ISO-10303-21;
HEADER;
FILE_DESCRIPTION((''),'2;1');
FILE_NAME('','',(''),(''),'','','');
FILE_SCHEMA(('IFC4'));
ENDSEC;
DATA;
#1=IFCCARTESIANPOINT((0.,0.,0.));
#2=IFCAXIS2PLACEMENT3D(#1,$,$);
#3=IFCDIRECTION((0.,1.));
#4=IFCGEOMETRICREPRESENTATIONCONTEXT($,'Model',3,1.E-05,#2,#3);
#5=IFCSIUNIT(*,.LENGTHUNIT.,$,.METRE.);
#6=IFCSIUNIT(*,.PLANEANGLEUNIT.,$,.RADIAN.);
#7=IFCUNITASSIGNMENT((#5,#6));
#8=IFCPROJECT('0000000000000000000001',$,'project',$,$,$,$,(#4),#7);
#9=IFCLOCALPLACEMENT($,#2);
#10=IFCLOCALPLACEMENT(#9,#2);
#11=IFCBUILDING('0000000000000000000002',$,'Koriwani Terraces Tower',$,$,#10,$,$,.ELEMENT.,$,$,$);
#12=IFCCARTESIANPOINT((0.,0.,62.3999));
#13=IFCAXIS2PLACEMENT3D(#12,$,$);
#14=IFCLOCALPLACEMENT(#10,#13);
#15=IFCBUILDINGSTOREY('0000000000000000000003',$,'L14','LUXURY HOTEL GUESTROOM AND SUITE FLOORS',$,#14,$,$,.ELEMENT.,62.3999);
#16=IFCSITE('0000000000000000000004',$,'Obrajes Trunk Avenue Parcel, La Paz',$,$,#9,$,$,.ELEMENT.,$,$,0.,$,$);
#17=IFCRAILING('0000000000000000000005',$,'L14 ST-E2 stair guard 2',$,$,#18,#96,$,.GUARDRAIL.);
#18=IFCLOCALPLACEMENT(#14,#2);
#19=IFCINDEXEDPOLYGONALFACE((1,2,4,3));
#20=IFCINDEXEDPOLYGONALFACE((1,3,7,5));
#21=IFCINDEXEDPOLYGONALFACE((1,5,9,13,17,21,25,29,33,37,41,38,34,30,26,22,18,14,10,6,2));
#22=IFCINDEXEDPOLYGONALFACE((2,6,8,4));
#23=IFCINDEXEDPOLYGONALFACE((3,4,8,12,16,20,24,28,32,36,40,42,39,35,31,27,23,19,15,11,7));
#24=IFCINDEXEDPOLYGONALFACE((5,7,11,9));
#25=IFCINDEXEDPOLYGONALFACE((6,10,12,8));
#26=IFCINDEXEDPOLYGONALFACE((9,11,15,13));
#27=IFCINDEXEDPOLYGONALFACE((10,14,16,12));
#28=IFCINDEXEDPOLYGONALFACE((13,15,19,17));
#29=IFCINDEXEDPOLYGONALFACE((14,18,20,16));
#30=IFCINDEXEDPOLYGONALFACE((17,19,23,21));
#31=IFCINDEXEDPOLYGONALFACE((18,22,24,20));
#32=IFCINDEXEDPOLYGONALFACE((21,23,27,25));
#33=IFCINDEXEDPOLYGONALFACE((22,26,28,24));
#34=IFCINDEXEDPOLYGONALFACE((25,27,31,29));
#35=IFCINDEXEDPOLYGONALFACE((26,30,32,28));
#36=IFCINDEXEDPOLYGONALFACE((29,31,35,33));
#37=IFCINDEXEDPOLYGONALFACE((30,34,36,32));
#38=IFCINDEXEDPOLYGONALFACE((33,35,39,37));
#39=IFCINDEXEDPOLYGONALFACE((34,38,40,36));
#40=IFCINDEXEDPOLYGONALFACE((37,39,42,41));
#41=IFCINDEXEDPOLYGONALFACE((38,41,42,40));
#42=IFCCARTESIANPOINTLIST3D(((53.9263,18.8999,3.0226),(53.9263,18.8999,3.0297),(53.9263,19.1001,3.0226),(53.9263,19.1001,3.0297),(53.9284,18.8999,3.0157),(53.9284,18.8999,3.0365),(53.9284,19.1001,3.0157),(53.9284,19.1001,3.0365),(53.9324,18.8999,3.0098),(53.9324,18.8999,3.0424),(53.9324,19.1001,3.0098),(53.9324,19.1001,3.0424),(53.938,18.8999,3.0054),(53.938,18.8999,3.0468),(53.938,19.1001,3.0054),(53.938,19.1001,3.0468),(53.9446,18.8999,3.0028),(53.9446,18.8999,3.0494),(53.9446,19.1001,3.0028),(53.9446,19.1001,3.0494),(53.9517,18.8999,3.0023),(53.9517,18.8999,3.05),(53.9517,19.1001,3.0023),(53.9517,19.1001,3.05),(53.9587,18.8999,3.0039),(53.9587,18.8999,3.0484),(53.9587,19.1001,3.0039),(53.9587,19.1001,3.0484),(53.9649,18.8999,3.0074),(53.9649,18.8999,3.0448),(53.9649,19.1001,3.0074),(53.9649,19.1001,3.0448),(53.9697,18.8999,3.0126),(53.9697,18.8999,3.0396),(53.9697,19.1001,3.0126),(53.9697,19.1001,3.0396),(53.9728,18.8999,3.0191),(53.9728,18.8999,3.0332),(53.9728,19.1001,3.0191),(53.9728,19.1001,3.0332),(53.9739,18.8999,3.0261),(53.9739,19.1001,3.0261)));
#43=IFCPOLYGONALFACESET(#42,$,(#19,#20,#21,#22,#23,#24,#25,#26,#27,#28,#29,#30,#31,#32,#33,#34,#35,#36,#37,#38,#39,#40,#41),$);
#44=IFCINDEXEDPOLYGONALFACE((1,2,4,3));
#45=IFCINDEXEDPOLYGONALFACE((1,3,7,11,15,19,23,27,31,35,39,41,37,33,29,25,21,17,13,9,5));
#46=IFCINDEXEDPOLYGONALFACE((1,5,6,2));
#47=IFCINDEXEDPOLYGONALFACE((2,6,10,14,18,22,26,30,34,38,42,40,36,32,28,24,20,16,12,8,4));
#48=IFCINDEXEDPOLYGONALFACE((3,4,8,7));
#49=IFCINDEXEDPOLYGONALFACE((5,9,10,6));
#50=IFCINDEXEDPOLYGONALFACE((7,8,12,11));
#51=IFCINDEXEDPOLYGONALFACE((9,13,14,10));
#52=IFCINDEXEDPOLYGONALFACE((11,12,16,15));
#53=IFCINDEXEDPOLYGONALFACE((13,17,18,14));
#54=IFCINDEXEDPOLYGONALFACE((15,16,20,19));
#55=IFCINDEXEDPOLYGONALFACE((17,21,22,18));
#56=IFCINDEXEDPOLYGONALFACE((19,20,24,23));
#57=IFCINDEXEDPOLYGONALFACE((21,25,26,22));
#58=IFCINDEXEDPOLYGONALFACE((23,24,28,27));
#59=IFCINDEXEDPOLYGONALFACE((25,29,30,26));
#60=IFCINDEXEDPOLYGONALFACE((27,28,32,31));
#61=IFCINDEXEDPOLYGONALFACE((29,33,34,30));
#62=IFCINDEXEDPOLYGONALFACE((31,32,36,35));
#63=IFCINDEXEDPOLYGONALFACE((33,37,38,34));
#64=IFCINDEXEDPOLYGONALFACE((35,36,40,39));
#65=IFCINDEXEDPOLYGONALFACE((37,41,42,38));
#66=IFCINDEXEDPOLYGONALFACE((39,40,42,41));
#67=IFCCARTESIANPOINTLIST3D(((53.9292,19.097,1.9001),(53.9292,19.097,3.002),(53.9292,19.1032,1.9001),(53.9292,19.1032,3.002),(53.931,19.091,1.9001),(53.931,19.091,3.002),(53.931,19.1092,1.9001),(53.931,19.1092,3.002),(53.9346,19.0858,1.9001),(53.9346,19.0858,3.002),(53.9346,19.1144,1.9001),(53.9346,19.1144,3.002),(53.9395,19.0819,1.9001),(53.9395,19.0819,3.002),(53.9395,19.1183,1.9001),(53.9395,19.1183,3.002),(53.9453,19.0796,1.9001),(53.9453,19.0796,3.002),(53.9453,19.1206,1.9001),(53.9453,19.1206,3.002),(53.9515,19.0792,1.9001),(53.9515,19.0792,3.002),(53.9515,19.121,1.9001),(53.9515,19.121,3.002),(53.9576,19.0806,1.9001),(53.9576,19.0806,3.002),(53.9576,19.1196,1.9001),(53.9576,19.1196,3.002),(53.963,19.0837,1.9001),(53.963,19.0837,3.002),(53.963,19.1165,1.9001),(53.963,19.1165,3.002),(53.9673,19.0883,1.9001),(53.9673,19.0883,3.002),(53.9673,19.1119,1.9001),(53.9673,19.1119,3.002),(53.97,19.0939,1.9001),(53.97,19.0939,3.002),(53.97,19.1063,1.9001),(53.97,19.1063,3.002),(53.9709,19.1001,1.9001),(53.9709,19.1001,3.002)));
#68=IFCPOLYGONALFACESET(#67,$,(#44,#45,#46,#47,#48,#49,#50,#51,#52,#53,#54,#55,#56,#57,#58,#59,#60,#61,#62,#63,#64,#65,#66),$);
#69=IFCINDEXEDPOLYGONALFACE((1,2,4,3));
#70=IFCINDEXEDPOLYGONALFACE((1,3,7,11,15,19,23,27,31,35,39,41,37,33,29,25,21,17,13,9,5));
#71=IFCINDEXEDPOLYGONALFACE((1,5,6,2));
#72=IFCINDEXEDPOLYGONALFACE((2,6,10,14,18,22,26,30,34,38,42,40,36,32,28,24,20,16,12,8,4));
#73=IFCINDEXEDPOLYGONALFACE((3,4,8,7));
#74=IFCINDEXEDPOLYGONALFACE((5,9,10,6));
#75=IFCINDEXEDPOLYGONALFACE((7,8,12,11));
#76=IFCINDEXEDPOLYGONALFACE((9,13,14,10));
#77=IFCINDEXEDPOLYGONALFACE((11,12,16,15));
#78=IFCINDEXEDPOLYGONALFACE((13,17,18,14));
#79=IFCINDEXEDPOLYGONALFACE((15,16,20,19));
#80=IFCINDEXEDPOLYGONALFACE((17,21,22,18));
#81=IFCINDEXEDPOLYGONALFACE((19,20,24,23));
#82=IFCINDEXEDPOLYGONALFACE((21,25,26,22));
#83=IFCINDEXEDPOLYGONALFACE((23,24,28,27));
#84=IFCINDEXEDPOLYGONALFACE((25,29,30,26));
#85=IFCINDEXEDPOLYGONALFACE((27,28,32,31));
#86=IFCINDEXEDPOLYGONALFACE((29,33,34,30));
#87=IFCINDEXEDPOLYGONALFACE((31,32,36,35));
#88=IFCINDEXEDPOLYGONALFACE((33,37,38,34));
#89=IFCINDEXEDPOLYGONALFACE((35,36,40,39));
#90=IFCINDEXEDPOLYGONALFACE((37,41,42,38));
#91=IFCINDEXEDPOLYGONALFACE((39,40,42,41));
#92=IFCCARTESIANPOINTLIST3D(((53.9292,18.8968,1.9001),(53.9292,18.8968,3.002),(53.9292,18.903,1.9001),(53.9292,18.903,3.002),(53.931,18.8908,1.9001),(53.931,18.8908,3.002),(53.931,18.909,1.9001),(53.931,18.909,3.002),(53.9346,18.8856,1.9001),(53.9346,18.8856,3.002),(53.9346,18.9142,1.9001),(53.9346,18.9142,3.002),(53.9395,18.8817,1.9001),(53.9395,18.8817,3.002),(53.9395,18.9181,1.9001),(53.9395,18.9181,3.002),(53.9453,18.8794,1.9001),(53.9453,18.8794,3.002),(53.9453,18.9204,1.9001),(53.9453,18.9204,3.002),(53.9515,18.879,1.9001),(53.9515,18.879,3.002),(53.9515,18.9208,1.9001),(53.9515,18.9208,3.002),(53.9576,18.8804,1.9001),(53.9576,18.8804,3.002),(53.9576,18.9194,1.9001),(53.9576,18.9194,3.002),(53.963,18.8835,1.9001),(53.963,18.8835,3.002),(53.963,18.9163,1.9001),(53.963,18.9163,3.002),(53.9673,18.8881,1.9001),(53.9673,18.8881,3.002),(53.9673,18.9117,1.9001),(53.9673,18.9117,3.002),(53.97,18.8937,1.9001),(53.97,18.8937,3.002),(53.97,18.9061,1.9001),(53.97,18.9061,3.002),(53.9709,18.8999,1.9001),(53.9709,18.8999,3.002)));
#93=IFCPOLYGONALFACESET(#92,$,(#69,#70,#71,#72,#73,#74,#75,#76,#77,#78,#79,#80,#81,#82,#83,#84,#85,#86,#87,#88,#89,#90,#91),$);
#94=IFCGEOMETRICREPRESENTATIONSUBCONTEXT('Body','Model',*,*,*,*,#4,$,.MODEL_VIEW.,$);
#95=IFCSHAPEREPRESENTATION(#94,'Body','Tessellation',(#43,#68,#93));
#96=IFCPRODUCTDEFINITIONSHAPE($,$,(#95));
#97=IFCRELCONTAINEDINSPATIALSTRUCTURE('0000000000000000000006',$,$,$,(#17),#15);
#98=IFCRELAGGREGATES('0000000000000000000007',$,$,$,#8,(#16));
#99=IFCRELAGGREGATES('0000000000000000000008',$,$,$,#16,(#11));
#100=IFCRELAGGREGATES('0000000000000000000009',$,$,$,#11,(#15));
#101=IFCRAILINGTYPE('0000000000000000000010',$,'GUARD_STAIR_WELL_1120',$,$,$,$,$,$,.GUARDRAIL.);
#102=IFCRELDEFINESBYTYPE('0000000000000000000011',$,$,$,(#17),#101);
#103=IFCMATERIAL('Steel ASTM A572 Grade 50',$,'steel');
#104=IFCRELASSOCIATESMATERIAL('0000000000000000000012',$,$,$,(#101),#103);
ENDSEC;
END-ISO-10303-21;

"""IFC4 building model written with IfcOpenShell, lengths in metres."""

from ifc_helpers import new_model, si_unit, direction, frame, origin, origin_2d, place, context, subcontext, project, spatial, circle, extrude, material, type_object, element, save


model = new_model("IFC4")

# Units and contexts
model_context = context("Model", 3, precision=1e-05, world=origin(), true_north=direction((0.0, 1.0)))
body_context = subcontext(model_context, "Body", "Model", "MODEL_VIEW")
ifc_project = project(units=[si_unit("LENGTHUNIT", "METRE"), si_unit("PLANEANGLEUNIT", "RADIAN")], contexts=[model_context])

# Site, building, storey
site_placement = place(None, origin())
site = spatial("IfcSite", under=ifc_project, at=site_placement, Name="Obrajes Trunk Avenue Parcel, La Paz", CompositionType="ELEMENT", RefElevation=0.0)
building_placement = place(site_placement, origin())
building = spatial("IfcBuilding", under=site, at=building_placement, Name="Koriwani Terraces Tower", CompositionType="ELEMENT")
storey_placement = place(building_placement, frame((0.0, 0.0, 62.3999)))
storey = spatial("IfcBuildingStorey", under=building, at=storey_placement, Name="L14", Description="LUXURY HOTEL GUESTROOM AND SUITE FLOORS", CompositionType="ELEMENT", Elevation=62.3999)

# Shared definitions
ifc_material_1 = material(Name="Steel ASTM A572 Grade 50", Category="steel")

# Railing
railing_type_1 = type_object("IfcRailingType", Name="GUARD_STAIR_WELL_1120", PredefinedType="GUARDRAIL", material=ifc_material_1)
railing_1_placement = place(storey_placement, frame((53.95, 19.1001, 1.9001)))
element("IfcRailing", 1, at=railing_1_placement, inside=storey, type_object=railing_type_1, Name="L14 ST-E2 stair guard 2", PredefinedType="GUARDRAIL", context=body_context, shape_type="SweptSolid", body=[
    extrude(circle(Radius=0.0239, at=origin_2d()), frame((0.0, 0.0, 1.126), z_axis=(0.0, -1.0, 0.0), x_axis=(1.0, 0.0, 0.0)), (0.0, 0.0, 1.0), 0.2002),
    extrude(circle(Radius=0.021, at=origin_2d()), origin(), (0.0, 0.0, 1.0), 1.1018),
    extrude(circle(Radius=0.021, at=origin_2d()), frame((0.0, -0.2002, 0.0)), (0.0, 0.0, 1.0), 1.1018),
])

save(model, "model.ifc")
